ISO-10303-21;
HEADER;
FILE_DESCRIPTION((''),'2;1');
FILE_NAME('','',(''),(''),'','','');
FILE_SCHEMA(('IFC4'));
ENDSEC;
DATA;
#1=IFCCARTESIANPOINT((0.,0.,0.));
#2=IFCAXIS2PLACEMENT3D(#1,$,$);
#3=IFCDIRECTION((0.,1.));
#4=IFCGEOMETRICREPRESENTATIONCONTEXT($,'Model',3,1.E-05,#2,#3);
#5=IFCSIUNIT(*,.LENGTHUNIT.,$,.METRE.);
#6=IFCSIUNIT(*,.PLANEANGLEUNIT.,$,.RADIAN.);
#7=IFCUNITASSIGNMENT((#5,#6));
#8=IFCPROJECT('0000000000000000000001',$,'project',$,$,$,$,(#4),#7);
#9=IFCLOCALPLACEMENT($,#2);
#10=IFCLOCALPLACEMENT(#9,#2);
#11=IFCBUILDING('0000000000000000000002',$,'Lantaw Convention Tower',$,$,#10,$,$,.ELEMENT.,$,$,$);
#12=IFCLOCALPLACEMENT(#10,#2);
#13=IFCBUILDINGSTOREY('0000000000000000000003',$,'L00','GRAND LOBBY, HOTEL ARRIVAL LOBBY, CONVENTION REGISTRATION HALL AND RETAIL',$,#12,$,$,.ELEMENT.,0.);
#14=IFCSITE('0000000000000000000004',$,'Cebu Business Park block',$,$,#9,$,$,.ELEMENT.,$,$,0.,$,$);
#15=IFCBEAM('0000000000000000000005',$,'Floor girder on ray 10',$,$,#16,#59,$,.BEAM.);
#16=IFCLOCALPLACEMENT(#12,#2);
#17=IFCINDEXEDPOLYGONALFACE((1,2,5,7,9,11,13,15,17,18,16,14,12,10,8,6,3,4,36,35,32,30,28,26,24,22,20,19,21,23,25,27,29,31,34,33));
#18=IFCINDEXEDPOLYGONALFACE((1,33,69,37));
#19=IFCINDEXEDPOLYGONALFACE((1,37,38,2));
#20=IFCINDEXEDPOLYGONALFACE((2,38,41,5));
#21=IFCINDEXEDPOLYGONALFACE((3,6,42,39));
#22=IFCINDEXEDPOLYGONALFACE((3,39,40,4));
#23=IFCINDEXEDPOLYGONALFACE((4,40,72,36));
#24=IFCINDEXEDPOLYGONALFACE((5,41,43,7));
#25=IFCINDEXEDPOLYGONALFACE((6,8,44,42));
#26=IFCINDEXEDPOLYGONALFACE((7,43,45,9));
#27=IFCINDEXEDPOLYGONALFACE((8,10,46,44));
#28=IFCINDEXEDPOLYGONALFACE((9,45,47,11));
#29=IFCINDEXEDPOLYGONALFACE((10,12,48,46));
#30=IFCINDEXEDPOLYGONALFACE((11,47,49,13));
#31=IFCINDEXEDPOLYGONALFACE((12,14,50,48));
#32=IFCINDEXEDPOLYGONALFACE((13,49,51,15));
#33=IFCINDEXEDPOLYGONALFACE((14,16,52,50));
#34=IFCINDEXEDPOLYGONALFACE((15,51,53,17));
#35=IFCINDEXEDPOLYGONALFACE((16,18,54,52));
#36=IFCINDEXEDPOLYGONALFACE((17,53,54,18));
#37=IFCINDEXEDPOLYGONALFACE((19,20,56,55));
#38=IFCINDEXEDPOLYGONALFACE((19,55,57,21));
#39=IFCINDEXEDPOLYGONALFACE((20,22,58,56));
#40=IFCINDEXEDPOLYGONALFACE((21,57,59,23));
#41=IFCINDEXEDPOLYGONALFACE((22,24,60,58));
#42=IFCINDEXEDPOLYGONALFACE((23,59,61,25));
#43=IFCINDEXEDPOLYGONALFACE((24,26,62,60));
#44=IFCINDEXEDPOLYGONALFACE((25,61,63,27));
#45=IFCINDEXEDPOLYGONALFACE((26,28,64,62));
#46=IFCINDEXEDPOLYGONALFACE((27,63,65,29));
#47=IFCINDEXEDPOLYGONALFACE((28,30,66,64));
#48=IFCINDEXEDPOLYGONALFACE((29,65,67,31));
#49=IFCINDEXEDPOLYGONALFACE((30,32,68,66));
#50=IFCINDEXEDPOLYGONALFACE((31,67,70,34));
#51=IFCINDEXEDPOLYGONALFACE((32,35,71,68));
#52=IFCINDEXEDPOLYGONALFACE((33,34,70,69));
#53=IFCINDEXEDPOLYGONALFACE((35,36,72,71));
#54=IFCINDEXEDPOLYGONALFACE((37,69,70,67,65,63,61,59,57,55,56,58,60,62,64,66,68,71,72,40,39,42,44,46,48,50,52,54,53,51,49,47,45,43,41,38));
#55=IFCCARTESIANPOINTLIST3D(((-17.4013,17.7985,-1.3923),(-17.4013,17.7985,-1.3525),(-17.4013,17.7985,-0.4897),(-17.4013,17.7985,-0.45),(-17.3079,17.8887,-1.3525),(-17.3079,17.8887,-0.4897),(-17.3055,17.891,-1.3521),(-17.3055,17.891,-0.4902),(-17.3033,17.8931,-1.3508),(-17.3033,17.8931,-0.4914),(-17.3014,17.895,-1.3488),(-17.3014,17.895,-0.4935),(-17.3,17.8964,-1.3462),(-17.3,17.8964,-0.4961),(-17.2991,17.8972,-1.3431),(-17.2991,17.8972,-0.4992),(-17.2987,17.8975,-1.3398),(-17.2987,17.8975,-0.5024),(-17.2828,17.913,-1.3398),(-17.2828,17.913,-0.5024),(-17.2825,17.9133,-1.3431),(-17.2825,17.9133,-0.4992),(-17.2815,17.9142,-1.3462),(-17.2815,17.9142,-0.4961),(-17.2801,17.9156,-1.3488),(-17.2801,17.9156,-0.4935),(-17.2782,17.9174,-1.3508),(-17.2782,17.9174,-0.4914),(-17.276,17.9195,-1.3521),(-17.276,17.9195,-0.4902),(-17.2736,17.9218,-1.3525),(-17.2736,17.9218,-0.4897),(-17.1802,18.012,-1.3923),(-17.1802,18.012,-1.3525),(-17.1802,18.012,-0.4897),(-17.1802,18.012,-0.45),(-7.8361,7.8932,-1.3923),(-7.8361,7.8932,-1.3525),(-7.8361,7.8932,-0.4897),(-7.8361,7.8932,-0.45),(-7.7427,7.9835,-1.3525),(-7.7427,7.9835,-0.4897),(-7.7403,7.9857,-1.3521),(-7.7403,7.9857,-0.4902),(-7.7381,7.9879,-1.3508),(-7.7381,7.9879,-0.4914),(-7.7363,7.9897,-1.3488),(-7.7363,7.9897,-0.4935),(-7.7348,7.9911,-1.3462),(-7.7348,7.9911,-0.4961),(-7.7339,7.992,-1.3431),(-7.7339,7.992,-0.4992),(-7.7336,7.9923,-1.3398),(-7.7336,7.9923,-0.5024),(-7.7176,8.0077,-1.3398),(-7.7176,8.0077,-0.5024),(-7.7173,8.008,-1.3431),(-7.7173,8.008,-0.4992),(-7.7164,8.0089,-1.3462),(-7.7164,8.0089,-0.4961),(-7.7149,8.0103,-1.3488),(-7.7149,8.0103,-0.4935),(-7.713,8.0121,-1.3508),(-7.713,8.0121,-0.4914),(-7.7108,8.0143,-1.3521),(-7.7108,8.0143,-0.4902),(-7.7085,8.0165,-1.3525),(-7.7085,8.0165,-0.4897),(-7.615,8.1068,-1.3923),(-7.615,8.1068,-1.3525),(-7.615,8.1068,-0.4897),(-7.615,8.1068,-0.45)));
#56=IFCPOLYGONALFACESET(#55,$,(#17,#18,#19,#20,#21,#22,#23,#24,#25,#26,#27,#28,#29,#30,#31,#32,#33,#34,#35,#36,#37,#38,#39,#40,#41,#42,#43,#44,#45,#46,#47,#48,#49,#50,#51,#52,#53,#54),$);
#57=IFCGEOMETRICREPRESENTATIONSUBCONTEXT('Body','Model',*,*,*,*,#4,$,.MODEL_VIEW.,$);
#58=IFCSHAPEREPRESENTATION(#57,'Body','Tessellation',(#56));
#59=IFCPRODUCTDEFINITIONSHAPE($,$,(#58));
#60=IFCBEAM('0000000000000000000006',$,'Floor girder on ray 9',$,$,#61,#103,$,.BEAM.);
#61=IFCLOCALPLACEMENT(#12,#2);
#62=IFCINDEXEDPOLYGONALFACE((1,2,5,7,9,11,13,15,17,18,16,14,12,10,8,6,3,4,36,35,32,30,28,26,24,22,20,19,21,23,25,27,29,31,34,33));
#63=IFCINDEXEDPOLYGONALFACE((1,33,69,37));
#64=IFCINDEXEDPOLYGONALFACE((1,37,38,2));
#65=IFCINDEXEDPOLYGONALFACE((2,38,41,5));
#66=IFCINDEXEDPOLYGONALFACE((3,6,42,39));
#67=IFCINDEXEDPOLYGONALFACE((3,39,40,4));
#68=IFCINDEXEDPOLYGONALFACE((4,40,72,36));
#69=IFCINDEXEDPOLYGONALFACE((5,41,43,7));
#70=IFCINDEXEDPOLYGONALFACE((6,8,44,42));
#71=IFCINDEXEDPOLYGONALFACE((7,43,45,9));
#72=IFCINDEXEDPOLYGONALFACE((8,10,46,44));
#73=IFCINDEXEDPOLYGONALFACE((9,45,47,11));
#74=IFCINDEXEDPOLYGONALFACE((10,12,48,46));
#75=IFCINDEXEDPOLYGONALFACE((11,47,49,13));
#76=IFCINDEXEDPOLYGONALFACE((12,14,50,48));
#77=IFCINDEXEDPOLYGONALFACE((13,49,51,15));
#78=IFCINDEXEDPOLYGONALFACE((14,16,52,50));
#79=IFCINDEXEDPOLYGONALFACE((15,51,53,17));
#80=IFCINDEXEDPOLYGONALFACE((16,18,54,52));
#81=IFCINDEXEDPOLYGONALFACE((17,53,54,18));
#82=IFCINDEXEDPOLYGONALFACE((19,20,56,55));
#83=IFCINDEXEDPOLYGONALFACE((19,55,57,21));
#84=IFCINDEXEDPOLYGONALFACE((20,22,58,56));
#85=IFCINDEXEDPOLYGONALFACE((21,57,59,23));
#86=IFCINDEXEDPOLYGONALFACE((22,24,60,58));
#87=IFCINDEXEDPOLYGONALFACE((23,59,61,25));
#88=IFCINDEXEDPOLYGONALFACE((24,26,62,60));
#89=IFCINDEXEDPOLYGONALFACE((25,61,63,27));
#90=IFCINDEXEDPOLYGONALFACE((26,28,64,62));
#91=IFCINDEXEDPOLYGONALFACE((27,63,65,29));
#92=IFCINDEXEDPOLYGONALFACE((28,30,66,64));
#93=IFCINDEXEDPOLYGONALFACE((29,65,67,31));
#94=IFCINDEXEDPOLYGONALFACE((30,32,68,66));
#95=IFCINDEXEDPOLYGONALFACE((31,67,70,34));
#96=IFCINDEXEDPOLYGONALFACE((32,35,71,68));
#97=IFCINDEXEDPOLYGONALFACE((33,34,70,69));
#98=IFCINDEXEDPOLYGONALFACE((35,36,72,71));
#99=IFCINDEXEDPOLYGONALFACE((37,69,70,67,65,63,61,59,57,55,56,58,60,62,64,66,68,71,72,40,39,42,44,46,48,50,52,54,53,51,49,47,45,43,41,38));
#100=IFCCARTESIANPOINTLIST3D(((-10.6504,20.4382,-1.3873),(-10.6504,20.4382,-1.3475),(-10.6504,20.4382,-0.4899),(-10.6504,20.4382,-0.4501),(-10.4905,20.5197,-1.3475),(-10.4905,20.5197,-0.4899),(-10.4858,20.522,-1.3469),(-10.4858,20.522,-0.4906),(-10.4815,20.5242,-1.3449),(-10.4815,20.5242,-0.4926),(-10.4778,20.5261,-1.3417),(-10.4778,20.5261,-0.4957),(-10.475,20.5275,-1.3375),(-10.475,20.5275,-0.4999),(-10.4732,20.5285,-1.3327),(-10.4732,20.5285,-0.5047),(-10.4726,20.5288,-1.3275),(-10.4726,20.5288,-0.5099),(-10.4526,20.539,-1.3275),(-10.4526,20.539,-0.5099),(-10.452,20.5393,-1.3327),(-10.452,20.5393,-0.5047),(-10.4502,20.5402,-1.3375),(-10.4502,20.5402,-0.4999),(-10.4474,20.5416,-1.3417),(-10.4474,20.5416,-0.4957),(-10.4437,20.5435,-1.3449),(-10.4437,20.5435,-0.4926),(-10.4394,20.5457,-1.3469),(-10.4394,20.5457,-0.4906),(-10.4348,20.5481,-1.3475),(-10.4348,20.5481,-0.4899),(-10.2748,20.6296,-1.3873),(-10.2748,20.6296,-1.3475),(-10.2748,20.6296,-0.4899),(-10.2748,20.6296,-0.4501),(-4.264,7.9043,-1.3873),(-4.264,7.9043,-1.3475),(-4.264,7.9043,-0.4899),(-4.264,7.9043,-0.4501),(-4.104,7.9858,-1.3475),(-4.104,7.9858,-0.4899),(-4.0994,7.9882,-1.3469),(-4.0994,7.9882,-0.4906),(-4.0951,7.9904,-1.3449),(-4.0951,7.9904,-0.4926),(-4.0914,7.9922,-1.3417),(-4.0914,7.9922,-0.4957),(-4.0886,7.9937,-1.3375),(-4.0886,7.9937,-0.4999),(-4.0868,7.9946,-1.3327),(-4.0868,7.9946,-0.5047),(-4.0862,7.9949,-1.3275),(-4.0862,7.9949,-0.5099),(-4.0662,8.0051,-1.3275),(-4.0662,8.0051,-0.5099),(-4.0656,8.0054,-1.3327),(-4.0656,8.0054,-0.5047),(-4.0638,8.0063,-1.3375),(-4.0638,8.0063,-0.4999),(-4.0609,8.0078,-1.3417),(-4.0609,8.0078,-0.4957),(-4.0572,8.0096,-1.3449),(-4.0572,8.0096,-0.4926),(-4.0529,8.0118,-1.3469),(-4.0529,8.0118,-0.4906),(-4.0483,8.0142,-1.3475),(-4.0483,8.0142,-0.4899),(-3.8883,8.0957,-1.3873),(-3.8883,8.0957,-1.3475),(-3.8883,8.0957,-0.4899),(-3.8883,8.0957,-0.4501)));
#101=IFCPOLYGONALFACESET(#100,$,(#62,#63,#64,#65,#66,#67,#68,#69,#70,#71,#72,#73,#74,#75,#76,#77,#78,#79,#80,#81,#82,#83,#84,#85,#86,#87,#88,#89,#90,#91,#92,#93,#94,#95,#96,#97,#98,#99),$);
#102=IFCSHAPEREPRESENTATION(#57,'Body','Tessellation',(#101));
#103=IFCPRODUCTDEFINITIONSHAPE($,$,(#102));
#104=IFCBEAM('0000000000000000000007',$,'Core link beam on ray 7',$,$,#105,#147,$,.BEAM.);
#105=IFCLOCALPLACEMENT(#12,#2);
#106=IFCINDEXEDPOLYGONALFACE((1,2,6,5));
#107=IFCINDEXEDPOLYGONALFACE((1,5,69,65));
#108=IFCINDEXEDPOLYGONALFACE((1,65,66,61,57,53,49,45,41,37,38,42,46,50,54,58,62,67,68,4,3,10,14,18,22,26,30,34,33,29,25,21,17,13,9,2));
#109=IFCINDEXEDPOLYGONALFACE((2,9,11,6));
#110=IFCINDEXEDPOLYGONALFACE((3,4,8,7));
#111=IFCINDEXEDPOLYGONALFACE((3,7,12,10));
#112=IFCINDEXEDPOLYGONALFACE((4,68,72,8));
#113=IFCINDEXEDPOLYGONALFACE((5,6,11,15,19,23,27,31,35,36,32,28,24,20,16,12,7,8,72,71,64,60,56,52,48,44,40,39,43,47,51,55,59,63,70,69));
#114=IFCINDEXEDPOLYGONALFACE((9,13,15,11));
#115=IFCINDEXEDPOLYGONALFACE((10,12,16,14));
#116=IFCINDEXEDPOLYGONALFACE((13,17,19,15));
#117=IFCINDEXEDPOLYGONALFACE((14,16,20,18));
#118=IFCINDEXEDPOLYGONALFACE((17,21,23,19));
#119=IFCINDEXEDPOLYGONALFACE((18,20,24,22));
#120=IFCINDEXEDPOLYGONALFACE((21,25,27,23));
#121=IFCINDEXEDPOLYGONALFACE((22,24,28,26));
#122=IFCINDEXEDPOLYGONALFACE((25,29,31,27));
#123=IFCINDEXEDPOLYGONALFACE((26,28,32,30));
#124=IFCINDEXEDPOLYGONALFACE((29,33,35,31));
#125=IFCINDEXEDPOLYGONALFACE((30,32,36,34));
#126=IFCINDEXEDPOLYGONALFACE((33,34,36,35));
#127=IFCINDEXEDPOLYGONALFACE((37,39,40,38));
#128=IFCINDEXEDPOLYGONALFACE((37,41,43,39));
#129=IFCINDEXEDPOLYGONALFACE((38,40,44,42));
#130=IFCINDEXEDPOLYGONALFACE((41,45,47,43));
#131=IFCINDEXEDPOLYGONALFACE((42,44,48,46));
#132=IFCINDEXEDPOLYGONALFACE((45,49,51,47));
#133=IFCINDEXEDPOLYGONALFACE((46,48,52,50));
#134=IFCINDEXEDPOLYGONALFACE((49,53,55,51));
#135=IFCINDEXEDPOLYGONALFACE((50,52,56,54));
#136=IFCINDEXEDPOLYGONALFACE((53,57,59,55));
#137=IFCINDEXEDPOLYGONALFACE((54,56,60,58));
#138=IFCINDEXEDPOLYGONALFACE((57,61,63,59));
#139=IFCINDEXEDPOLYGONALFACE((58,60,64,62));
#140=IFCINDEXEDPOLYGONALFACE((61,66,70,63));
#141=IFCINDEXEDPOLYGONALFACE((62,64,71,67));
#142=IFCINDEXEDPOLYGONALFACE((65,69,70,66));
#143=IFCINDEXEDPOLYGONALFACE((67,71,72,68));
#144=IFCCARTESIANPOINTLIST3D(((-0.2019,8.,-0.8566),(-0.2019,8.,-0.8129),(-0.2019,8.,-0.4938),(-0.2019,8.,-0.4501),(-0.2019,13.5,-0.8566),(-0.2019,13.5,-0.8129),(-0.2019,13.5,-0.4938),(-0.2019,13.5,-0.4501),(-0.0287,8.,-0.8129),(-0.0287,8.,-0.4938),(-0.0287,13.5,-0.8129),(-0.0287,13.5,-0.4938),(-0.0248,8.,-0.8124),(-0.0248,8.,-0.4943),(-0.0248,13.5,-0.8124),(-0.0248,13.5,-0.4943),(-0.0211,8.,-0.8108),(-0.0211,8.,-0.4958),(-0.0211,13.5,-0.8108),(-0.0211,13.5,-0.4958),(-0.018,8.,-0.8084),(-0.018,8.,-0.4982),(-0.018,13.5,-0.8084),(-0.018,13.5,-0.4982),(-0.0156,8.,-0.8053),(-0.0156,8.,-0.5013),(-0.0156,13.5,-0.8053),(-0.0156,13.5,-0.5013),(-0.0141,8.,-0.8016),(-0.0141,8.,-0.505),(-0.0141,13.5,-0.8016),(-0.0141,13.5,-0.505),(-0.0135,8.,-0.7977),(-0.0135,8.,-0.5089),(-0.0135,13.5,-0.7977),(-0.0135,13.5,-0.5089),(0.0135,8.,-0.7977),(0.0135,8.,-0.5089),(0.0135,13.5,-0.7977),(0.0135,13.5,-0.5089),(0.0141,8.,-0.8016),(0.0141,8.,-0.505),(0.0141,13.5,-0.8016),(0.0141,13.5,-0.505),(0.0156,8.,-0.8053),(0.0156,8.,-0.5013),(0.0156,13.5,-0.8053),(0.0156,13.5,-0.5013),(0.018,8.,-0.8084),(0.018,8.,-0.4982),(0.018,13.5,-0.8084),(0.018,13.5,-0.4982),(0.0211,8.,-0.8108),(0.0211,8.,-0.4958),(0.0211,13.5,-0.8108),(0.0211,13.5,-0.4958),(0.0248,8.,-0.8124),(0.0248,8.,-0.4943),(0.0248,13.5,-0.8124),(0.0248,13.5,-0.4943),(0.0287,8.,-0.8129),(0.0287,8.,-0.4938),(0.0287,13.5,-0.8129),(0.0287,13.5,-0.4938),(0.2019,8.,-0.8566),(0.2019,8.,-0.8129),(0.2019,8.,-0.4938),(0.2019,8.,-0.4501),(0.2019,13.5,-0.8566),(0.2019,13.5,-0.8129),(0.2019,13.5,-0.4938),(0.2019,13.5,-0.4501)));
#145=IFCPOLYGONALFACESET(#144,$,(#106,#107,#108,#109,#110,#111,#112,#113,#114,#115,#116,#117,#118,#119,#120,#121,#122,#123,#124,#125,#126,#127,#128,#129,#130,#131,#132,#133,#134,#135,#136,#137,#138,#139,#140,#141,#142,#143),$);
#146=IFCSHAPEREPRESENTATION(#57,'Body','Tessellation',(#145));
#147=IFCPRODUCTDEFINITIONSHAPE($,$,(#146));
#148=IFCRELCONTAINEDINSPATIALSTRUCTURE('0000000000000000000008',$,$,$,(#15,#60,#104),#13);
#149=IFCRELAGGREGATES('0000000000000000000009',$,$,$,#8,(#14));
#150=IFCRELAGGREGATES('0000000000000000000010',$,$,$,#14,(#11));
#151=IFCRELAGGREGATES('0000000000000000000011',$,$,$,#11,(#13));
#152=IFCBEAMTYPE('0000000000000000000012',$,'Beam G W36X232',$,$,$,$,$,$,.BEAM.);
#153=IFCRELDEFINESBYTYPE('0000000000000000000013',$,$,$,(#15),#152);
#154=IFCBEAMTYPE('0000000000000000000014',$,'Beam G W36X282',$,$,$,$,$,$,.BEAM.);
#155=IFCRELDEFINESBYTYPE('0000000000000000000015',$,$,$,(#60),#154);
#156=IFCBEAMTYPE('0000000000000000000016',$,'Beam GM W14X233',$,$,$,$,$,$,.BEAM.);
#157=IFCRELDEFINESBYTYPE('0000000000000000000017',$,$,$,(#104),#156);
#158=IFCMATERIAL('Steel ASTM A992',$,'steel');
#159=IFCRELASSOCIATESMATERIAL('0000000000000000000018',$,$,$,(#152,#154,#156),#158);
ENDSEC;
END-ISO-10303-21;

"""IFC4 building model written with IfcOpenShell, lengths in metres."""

from ifc_helpers import new_model, si_unit, direction, frame, origin, origin_2d, place, context, subcontext, project, spatial, i_section, extrude, material, material_profile, profile_set, type_object, element, save


model = new_model("IFC4")

# Units and contexts
model_context = context("Model", 3, precision=1e-05, world=origin(), true_north=direction((0.0, 1.0)))
body_context = subcontext(model_context, "Body", "Model", "MODEL_VIEW")
ifc_project = project(units=[si_unit("LENGTHUNIT", "METRE"), si_unit("PLANEANGLEUNIT", "RADIAN")], contexts=[model_context])

# Site, building, storey
site_placement = place(None, origin())
site = spatial("IfcSite", under=ifc_project, at=site_placement, Name="Cebu Business Park block", CompositionType="ELEMENT", RefElevation=0.0)
building_placement = place(site_placement, origin())
building = spatial("IfcBuilding", under=site, at=building_placement, Name="Lantaw Convention Tower", CompositionType="ELEMENT")
storey_placement = place(building_placement, origin())
storey = spatial("IfcBuildingStorey", under=building, at=storey_placement, Name="L00", Description="GRAND LOBBY, HOTEL ARRIVAL LOBBY, CONVENTION REGISTRATION HALL AND RETAIL", CompositionType="ELEMENT", Elevation=0.0)

# Beams
ifc_material_1 = material(Name="Steel ASTM A992", Category="steel")
ifc_material_profile_1 = material_profile(ifc_material_1, i_section(OverallWidth=0.3074, OverallDepth=0.9424, WebThickness=0.0222, FlangeThickness=0.0398, FilletRadius=0.0127, at=origin_2d()), Name="W36X232")
ifc_profile_set_1 = profile_set([ifc_material_profile_1], Name="Steel ASTM A992")
beam_type_1 = type_object("IfcBeamType", Name="Beam G W36X232", PredefinedType="BEAM", material=ifc_profile_set_1)
beam_1_placement = place(storey_placement, frame((-7.7256, 8.0, -0.9211), z_axis=(-0.69465, 0.719348, 0.0), x_axis=(-0.719348, -0.69465, 0.0)))
element("IfcBeam", 1, at=beam_1_placement, inside=storey, type_object=beam_type_1, Name="Floor girder on ray 10", PredefinedType="BEAM", context=body_context, shape_type="SweptSolid", body=[
    extrude(i_section(OverallWidth=0.3074, OverallDepth=0.9424, WebThickness=0.0222, FlangeThickness=0.0398, FilletRadius=0.0127, at=origin_2d()), origin(), (0.0, 0.0, 1.0), 13.7698),
])
ifc_material_profile_2 = material_profile(ifc_material_1, i_section(OverallWidth=0.4216, OverallDepth=0.9373, WebThickness=0.0225, FlangeThickness=0.0398, FilletRadius=0.02, at=origin_2d()), Name="W36X282")
ifc_profile_set_2 = profile_set([ifc_material_profile_2], Name="Steel ASTM A992")
beam_type_2 = type_object("IfcBeamType", Name="Beam G W36X282", PredefinedType="BEAM", material=ifc_profile_set_2)
beam_2_placement = place(storey_placement, frame((-4.0762, 8.0, -0.9187), z_axis=(-0.453997, 0.891003, 0.0), x_axis=(-0.891003, -0.453997, 0.0)))
element("IfcBeam", 2, at=beam_2_placement, inside=storey, type_object=beam_type_2, Name="Floor girder on ray 9", PredefinedType="BEAM", context=body_context, shape_type="SweptSolid", body=[
    extrude(i_section(OverallWidth=0.4216, OverallDepth=0.9373, WebThickness=0.0225, FlangeThickness=0.0398, FilletRadius=0.02, at=origin_2d()), origin(), (0.0, 0.0, 1.0), 14.0671),
])
ifc_material_profile_3 = material_profile(ifc_material_1, i_section(OverallWidth=0.4038, OverallDepth=0.4065, WebThickness=0.0271, FlangeThickness=0.0437, FilletRadius=0.0151, at=origin_2d()), Name="W14X233")
ifc_profile_set_3 = profile_set([ifc_material_profile_3], Name="Steel ASTM A992")
beam_type_3 = type_object("IfcBeamType", Name="Beam GM W14X233", PredefinedType="BEAM", material=ifc_profile_set_3)
beam_3_placement = place(storey_placement, frame((0.0, 8.0, -0.6533), z_axis=(0.0, 1.0, 0.0), x_axis=(-1.0, 0.0, 0.0)))
element("IfcBeam", 3, at=beam_3_placement, inside=storey, type_object=beam_type_3, Name="Core link beam on ray 7", PredefinedType="BEAM", context=body_context, shape_type="SweptSolid", body=[
    extrude(i_section(OverallWidth=0.4038, OverallDepth=0.4065, WebThickness=0.0271, FlangeThickness=0.0437, FilletRadius=0.0151, at=origin_2d()), origin(), (0.0, 0.0, 1.0), 5.5),
])

save(model, "model.ifc")
